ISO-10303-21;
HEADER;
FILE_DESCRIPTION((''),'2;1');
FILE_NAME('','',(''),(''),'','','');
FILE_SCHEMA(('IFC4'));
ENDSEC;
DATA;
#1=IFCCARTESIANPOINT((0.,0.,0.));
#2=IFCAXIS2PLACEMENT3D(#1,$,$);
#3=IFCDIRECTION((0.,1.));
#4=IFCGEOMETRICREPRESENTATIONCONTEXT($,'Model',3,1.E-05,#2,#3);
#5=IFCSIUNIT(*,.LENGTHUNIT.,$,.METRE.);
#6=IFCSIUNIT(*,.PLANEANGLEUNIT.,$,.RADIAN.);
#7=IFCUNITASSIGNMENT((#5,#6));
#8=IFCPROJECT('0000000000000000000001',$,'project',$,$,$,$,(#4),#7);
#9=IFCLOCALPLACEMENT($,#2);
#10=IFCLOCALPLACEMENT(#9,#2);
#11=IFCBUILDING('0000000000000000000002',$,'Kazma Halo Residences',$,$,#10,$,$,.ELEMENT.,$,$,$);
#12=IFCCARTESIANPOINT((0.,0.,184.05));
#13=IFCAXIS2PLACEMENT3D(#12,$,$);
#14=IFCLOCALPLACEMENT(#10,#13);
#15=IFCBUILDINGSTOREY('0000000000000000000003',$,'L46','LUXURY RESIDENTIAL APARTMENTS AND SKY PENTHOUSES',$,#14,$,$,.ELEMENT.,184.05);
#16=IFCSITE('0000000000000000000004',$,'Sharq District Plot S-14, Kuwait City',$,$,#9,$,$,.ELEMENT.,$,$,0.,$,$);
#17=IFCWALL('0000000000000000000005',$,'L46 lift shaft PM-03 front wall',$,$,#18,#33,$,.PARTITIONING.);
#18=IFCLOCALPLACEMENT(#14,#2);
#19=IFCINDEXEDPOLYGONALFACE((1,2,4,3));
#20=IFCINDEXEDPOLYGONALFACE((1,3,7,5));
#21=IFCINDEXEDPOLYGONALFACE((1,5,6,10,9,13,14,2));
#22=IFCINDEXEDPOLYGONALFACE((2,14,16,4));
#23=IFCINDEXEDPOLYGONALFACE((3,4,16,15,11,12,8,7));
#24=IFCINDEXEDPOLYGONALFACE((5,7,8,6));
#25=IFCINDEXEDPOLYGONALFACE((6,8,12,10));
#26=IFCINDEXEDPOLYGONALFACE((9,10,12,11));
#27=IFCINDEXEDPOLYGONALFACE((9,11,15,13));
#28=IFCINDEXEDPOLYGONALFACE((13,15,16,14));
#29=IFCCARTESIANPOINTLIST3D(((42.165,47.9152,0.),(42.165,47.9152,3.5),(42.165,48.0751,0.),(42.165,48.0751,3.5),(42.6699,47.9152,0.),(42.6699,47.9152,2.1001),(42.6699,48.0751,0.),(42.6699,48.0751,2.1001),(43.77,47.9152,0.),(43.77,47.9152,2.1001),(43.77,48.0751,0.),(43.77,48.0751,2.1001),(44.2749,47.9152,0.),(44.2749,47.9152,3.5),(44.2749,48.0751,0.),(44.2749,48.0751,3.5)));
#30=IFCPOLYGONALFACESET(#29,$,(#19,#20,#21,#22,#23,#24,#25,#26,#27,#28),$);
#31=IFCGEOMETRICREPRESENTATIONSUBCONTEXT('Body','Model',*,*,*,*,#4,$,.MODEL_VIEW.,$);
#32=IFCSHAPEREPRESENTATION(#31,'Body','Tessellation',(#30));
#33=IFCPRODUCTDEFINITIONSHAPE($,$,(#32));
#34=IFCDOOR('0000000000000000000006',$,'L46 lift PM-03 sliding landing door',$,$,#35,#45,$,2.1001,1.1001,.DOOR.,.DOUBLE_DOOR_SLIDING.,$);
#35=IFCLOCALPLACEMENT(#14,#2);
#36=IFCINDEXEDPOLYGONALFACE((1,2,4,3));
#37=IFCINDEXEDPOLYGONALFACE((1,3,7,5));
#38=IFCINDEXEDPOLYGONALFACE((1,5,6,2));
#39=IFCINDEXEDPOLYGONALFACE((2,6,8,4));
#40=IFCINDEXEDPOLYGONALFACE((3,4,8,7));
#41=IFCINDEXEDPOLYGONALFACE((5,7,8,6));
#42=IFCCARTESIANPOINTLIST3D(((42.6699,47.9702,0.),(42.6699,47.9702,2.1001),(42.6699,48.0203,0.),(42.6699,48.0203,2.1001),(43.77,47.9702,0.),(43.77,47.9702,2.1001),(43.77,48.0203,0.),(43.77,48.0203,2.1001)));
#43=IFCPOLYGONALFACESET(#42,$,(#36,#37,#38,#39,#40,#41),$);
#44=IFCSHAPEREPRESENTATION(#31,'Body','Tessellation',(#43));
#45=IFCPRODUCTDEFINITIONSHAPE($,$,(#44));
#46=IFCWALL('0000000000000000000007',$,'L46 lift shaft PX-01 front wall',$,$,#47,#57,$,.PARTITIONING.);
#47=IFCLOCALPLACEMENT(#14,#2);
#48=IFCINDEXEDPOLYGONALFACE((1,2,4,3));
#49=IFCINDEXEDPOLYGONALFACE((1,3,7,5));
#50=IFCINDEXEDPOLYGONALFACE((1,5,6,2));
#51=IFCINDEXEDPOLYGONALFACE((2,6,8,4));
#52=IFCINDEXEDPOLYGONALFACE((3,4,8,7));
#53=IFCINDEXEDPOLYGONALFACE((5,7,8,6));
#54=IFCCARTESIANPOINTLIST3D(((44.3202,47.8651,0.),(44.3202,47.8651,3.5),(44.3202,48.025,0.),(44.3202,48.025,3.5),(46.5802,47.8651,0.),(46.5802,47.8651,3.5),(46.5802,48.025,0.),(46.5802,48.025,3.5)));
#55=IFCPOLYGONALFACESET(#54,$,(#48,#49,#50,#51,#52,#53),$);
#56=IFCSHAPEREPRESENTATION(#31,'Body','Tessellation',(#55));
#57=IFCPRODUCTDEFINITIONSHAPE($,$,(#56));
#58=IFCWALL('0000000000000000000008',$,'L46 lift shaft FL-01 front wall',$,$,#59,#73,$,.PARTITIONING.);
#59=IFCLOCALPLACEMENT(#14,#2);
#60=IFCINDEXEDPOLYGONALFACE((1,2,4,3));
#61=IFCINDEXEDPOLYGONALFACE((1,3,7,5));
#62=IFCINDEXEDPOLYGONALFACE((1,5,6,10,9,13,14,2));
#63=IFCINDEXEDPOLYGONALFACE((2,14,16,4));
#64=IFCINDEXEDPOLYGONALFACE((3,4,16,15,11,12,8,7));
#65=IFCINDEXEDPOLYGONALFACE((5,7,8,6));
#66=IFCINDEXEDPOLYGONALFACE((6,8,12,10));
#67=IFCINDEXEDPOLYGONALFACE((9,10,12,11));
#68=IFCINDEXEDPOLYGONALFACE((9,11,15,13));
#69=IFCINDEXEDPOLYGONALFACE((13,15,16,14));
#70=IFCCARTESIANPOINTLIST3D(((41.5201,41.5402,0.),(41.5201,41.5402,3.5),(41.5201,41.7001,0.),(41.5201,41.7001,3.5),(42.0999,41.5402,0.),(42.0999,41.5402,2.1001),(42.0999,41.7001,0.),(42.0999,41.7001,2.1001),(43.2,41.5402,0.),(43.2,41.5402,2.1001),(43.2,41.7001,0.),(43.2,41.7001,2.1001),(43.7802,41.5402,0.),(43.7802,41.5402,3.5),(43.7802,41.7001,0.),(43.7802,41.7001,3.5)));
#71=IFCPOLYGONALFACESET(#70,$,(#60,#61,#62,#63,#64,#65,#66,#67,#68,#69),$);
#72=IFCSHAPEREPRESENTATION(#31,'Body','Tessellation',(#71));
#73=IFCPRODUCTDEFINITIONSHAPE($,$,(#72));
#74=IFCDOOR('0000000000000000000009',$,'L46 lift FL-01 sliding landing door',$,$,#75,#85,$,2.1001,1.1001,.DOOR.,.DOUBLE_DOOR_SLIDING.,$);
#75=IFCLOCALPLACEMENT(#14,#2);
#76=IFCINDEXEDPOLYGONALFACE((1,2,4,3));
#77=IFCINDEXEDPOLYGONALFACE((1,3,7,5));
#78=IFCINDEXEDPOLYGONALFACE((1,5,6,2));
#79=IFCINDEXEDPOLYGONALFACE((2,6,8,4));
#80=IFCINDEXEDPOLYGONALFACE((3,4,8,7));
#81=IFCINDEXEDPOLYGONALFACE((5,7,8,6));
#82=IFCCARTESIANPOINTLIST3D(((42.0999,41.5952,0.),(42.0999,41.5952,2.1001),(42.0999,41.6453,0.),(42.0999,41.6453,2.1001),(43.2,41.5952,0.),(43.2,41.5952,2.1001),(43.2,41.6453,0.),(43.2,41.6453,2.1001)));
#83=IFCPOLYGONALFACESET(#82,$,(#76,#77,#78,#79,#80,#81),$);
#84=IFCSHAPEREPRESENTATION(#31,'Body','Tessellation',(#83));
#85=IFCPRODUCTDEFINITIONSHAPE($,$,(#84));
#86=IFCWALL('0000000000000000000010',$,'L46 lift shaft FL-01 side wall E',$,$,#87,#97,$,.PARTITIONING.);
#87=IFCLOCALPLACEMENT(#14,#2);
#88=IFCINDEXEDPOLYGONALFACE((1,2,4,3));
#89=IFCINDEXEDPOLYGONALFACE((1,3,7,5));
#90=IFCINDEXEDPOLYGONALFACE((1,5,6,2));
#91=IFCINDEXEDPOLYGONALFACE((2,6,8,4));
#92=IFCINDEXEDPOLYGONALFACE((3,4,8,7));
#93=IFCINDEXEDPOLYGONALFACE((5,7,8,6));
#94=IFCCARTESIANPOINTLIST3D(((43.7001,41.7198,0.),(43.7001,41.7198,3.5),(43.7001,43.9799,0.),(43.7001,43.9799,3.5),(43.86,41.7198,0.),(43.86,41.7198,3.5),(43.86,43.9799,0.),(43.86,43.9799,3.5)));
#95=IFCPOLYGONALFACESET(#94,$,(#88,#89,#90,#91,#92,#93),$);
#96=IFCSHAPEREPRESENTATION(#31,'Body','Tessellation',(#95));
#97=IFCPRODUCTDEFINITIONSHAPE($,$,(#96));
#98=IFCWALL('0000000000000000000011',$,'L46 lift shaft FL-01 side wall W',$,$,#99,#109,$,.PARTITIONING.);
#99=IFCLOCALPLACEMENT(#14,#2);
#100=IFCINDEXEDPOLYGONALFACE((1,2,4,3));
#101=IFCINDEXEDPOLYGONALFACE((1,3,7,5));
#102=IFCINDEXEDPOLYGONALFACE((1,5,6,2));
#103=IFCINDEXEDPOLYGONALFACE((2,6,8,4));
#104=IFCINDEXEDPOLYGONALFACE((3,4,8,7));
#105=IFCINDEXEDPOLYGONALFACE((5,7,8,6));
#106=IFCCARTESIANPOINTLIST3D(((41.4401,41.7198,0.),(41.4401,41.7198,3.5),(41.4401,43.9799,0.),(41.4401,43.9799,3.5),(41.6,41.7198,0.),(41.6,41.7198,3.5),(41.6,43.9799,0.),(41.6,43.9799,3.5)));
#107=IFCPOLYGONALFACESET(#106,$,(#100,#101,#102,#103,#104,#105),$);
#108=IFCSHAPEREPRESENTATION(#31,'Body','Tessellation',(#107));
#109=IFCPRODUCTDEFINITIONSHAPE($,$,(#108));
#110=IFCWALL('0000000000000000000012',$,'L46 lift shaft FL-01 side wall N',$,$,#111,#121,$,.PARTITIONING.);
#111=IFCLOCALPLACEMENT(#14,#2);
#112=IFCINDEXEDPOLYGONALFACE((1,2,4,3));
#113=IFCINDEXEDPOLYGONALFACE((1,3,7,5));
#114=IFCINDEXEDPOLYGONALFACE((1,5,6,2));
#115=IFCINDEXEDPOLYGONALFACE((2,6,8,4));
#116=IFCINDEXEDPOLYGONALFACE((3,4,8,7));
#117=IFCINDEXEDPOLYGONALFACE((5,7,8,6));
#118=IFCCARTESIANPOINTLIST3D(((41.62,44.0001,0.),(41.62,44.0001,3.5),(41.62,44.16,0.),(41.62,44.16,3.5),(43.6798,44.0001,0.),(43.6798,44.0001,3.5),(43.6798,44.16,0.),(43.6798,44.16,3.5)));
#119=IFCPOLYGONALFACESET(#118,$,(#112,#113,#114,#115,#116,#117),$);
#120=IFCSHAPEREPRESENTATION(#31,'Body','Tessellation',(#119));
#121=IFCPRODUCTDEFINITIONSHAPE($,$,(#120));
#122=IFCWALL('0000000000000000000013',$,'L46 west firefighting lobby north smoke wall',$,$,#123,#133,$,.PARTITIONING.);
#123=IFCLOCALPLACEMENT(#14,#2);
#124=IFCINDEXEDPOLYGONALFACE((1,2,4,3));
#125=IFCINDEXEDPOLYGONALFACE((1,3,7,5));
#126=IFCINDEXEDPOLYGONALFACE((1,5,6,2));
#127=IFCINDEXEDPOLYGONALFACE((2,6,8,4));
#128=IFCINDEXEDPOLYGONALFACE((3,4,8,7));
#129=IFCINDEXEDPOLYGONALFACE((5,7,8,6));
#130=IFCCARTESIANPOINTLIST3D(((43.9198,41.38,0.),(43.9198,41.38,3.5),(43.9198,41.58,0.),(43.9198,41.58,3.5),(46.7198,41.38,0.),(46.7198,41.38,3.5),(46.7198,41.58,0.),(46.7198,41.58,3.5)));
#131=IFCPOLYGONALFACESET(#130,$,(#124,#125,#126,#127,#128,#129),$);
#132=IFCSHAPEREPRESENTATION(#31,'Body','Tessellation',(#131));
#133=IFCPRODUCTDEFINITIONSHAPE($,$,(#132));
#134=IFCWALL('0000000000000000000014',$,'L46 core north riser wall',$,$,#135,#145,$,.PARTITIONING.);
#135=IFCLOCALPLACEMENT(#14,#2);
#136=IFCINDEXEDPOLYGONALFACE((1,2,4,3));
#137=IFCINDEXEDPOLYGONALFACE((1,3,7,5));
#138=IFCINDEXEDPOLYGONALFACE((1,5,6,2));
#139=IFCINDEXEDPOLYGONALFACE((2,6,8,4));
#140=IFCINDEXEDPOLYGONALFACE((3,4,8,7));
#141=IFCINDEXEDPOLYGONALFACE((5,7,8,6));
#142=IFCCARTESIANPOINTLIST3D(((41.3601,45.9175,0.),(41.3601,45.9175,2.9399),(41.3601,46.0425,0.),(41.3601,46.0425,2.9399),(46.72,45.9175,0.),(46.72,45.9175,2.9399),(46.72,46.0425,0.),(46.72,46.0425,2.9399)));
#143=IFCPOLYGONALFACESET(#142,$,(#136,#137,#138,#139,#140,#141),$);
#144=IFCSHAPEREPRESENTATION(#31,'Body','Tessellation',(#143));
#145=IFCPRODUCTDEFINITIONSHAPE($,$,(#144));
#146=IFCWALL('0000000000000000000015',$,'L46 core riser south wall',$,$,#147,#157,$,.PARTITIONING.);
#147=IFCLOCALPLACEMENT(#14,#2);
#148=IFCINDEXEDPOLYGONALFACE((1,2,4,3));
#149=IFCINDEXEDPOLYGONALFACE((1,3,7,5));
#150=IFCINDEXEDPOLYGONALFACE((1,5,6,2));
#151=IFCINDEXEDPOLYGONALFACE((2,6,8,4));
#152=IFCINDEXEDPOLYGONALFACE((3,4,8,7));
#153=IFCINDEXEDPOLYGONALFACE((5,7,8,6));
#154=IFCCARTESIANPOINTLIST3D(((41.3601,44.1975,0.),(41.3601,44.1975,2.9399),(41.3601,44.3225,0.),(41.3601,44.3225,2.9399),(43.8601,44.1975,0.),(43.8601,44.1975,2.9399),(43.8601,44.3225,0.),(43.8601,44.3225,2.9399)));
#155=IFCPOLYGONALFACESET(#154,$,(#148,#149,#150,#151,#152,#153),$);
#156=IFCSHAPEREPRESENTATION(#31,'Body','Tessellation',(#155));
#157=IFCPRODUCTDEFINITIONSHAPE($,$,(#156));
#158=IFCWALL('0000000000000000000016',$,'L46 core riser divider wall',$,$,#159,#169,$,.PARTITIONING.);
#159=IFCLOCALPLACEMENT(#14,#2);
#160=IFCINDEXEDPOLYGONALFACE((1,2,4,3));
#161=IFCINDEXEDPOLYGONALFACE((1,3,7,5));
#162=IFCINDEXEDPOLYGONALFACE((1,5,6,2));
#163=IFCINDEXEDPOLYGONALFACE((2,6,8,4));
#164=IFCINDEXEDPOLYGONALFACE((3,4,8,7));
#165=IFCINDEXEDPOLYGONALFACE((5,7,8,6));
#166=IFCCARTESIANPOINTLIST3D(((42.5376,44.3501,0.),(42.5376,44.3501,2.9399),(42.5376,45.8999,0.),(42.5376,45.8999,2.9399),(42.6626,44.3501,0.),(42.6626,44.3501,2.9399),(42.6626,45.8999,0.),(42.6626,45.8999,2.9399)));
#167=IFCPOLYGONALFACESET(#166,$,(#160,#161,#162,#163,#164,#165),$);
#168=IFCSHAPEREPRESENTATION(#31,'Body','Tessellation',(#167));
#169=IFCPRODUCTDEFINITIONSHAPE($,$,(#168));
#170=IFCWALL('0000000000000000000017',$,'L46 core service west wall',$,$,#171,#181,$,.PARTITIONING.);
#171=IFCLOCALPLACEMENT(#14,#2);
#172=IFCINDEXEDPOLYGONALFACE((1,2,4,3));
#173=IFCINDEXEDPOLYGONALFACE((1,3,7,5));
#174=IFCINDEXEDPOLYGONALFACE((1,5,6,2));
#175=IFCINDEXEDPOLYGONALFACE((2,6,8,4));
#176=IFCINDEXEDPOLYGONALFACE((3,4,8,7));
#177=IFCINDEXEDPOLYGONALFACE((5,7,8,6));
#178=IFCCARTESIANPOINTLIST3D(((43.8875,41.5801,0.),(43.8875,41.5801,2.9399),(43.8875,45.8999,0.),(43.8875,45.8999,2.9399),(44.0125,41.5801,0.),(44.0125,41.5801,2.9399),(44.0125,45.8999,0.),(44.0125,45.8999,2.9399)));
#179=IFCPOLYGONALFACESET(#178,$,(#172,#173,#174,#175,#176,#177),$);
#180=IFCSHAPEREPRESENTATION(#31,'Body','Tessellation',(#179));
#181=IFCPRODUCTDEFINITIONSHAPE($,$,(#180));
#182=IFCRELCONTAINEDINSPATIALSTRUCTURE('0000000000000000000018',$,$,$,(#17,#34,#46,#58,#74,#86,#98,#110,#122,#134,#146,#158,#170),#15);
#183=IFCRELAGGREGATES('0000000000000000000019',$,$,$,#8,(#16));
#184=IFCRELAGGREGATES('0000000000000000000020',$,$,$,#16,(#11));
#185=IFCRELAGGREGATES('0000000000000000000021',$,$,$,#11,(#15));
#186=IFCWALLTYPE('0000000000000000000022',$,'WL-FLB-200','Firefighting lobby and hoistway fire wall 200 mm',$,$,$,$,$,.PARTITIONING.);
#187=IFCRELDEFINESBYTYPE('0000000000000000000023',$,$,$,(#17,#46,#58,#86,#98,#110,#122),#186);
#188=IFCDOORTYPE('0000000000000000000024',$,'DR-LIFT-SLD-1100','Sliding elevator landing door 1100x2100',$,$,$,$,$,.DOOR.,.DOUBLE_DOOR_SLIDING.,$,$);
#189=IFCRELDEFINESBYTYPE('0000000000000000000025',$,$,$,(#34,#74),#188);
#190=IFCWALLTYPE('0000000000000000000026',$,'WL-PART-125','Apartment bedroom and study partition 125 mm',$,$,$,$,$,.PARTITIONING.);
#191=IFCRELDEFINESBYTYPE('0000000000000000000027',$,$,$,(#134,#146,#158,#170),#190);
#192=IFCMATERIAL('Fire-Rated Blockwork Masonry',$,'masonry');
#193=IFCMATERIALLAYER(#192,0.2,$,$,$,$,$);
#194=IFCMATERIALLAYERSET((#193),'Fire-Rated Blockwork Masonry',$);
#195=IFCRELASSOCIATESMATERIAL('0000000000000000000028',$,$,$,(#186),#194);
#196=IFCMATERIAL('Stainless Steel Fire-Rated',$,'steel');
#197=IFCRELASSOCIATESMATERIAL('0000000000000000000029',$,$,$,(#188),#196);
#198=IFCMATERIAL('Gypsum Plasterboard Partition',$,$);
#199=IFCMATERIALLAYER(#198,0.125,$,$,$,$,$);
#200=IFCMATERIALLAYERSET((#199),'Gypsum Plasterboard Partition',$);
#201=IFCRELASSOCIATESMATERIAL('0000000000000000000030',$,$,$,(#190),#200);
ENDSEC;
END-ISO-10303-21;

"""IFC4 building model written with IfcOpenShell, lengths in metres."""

from ifc_helpers import new_model, si_unit, direction, frame, frame_2d, origin, place, context, subcontext, project, spatial, rectangle, extrude, material, layer, layer_set, type_object, element, fill, save


model = new_model("IFC4")

# Units and contexts
model_context = context("Model", 3, precision=1e-05, world=origin(), true_north=direction((0.0, 1.0)))
body_context = subcontext(model_context, "Body", "Model", "MODEL_VIEW")
ifc_project = project(units=[si_unit("LENGTHUNIT", "METRE"), si_unit("PLANEANGLEUNIT", "RADIAN")], contexts=[model_context])

# Site, building, storey
site_placement = place(None, origin())
site = spatial("IfcSite", under=ifc_project, at=site_placement, Name="Sharq District Plot S-14, Kuwait City", CompositionType="ELEMENT", RefElevation=0.0)
building_placement = place(site_placement, origin())
building = spatial("IfcBuilding", under=site, at=building_placement, Name="Kazma Halo Residences", CompositionType="ELEMENT")
storey_placement = place(building_placement, frame((0.0, 0.0, 184.05)))
storey = spatial("IfcBuildingStorey", under=building, at=storey_placement, Name="L46", Description="LUXURY RESIDENTIAL APARTMENTS AND SKY PENTHOUSES", CompositionType="ELEMENT", Elevation=184.05)

# Wall, opening, door
ifc_material_1 = material(Name="Fire-Rated Blockwork Masonry", Category="masonry")
ifc_layer_1 = layer(ifc_material_1, 0.2)
ifc_layer_set_1 = layer_set([ifc_layer_1], Name="Fire-Rated Blockwork Masonry")
wall_type_1 = type_object("IfcWallType", Name="WL-FLB-200", Description="Firefighting lobby and hoistway fire wall 200 mm", PredefinedType="PARTITIONING", material=ifc_layer_set_1)
ifc_material_2 = material(Name="Stainless Steel Fire-Rated", Category="steel")
door_type = type_object("IfcDoorType", Name="DR-LIFT-SLD-1100", Description="Sliding elevator landing door 1100x2100", OperationType="DOUBLE_DOOR_SLIDING", PredefinedType="DOOR", material=ifc_material_2)
wall_1_placement = place(storey_placement, frame((44.2749, 47.9951, 0.0), z_axis=(0.0, 0.0, 1.0), x_axis=(-1.0, 0.0, 0.0)))
wall_1 = element("IfcWall", 1, at=wall_1_placement, inside=storey, type_object=wall_type_1, Name="L46 lift shaft PM-03 front wall", PredefinedType="PARTITIONING", context=body_context, shape_type="SweptSolid", body=[
    extrude(rectangle(XDim=2.1099, YDim=0.1599, at=frame_2d((1.0549, 0.0))), origin(), (0.0, 0.0, 1.0), 3.5),
])
opening_1_placement = place(wall_1_placement, frame((0.5049, 0.0, 0.0)))
opening_1 = element("IfcOpeningElement", 2, at=opening_1_placement, cuts=wall_1, PredefinedType="OPENING", context=body_context, shape_type="SweptSolid", body=[
    extrude(rectangle(XDim=1.1001, YDim=2.1001, at=frame_2d((0.55, 1.05))), frame((0.0, 0.0898, 0.0), z_axis=(0.0, -1.0, 0.0), x_axis=(1.0, 0.0, 0.0)), (0.0, 0.0, 1.0), 0.1799),
])
door_1_placement = place(opening_1_placement, origin())
door_1 = element("IfcDoor", 3, at=door_1_placement, inside=storey, type_object=door_type, Name="L46 lift PM-03 sliding landing door", OperationType="DOUBLE_DOOR_SLIDING", OverallHeight=2.1001, OverallWidth=1.1001, PredefinedType="DOOR", context=body_context, shape_type="SweptSolid", body=[
    extrude(rectangle(XDim=1.1001, YDim=2.1001, at=frame_2d((0.55, 1.05))), frame((0.0, 0.0249, 0.0), z_axis=(0.0, -1.0, 0.0), x_axis=(1.0, 0.0, 0.0)), (0.0, 0.0, 1.0), 0.05),
])
fill(opening_1, door_1)

# Wall
wall_2_placement = place(storey_placement, frame((46.5801, 47.9451, 0.0), z_axis=(0.0, 0.0, 1.0), x_axis=(-1.0, 0.0, 0.0)))
element("IfcWall", 4, at=wall_2_placement, inside=storey, type_object=wall_type_1, Name="L46 lift shaft PX-01 front wall", PredefinedType="PARTITIONING", context=body_context, shape_type="SweptSolid", body=[
    extrude(rectangle(XDim=2.26, YDim=0.1599, at=frame_2d((1.1299, 0.0))), origin(), (0.0, 0.0, 1.0), 3.5),
])

# Wall, opening, door
wall_3_placement = place(storey_placement, frame((43.78, 41.6201, 0.0), z_axis=(0.0, 0.0, 1.0), x_axis=(-1.0, 0.0, 0.0)))
wall_3 = element("IfcWall", 5, at=wall_3_placement, inside=storey, type_object=wall_type_1, Name="L46 lift shaft FL-01 front wall", PredefinedType="PARTITIONING", context=body_context, shape_type="SweptSolid", body=[
    extrude(rectangle(XDim=2.26, YDim=0.1599, at=frame_2d((1.1299, 0.0))), origin(), (0.0, 0.0, 1.0), 3.5),
])
opening_2_placement = place(wall_3_placement, frame((0.5801, 0.0, 0.0)))
opening_2 = element("IfcOpeningElement", 6, at=opening_2_placement, cuts=wall_3, PredefinedType="OPENING", context=body_context, shape_type="SweptSolid", body=[
    extrude(rectangle(XDim=1.1001, YDim=2.1001, at=frame_2d((0.55, 1.05))), frame((0.0, 0.0898, 0.0), z_axis=(0.0, -1.0, 0.0), x_axis=(1.0, 0.0, 0.0)), (0.0, 0.0, 1.0), 0.1799),
])
door_2_placement = place(opening_2_placement, origin())
door_2 = element("IfcDoor", 7, at=door_2_placement, inside=storey, type_object=door_type, Name="L46 lift FL-01 sliding landing door", OperationType="DOUBLE_DOOR_SLIDING", OverallHeight=2.1001, OverallWidth=1.1001, PredefinedType="DOOR", context=body_context, shape_type="SweptSolid", body=[
    extrude(rectangle(XDim=1.1001, YDim=2.1001, at=frame_2d((0.55, 1.05))), frame((0.0, 0.0249, 0.0), z_axis=(0.0, -1.0, 0.0), x_axis=(1.0, 0.0, 0.0)), (0.0, 0.0, 1.0), 0.05),
])
fill(opening_2, door_2)

# Walls
for number, where, z_axis, x_axis, name in (
    (8, (43.78, 41.72, 0.0), (0.0, 0.0, 1.0), (0.0, 1.0, 0.0), "L46 lift shaft FL-01 side wall E"),
    (9, (41.52, 41.72, 0.0), (0.0, 0.0, 1.0), (0.0, 1.0, 0.0), "L46 lift shaft FL-01 side wall W"),
):
    element("IfcWall", number, at=place(storey_placement, frame(where, z_axis=z_axis, x_axis=x_axis)), inside=storey, type_object=wall_type_1, Name=name, PredefinedType="PARTITIONING", context=body_context, shape_type="SweptSolid", body=[
        extrude(rectangle(XDim=2.26, YDim=0.1599, at=frame_2d((1.1299, 0.0))), origin(), (0.0, 0.0, 1.0), 3.5),
    ])
wall_4_placement = place(storey_placement, frame((41.6201, 44.0801, 0.0), z_axis=(0.0, 0.0, 1.0), x_axis=(1.0, 0.0, 0.0)))
element("IfcWall", 10, at=wall_4_placement, inside=storey, type_object=wall_type_1, Name="L46 lift shaft FL-01 side wall N", PredefinedType="PARTITIONING", context=body_context, shape_type="SweptSolid", body=[
    extrude(rectangle(XDim=2.0598, YDim=0.1599, at=frame_2d((1.0298, 0.0))), origin(), (0.0, 0.0, 1.0), 3.5),
])
wall_5_placement = place(storey_placement, frame((43.9199, 41.48, 0.0), z_axis=(0.0, 0.0, 1.0), x_axis=(1.0, 0.0, 0.0)))
element("IfcWall", 11, at=wall_5_placement, inside=storey, type_object=wall_type_1, Name="L46 west firefighting lobby north smoke wall", PredefinedType="PARTITIONING", context=body_context, shape_type="SweptSolid", body=[
    extrude(rectangle(XDim=2.8, YDim=0.2, at=frame_2d((1.3999, 0.0))), origin(), (0.0, 0.0, 1.0), 3.5),
])
ifc_material_3 = material(Name="Gypsum Plasterboard Partition")
ifc_layer_2 = layer(ifc_material_3, 0.125)
ifc_layer_set_2 = layer_set([ifc_layer_2], Name="Gypsum Plasterboard Partition")
wall_type_2 = type_object("IfcWallType", Name="WL-PART-125", Description="Apartment bedroom and study partition 125 mm", PredefinedType="PARTITIONING", material=ifc_layer_set_2)
wall_6_placement = place(storey_placement, frame((41.3601, 45.98, 0.0), z_axis=(0.0, 0.0, 1.0), x_axis=(1.0, 0.0, 0.0)))
element("IfcWall", 12, at=wall_6_placement, inside=storey, type_object=wall_type_2, Name="L46 core north riser wall", PredefinedType="PARTITIONING", context=body_context, shape_type="SweptSolid", body=[
    extrude(rectangle(XDim=5.3599, YDim=0.125, at=frame_2d((2.6799, 0.0))), origin(), (0.0, 0.0, 1.0), 2.9399),
])
wall_7_placement = place(storey_placement, frame((41.3601, 44.26, 0.0), z_axis=(0.0, 0.0, 1.0), x_axis=(1.0, 0.0, 0.0)))
element("IfcWall", 13, at=wall_7_placement, inside=storey, type_object=wall_type_2, Name="L46 core riser south wall", PredefinedType="PARTITIONING", context=body_context, shape_type="SweptSolid", body=[
    extrude(rectangle(XDim=2.5, YDim=0.125, at=frame_2d((1.25, 0.0))), origin(), (0.0, 0.0, 1.0), 2.9399),
])
wall_8_placement = place(storey_placement, frame((42.6001, 44.3501, 0.0), z_axis=(0.0, 0.0, 1.0), x_axis=(0.0, 1.0, 0.0)))
element("IfcWall", 14, at=wall_8_placement, inside=storey, type_object=wall_type_2, Name="L46 core riser divider wall", PredefinedType="PARTITIONING", context=body_context, shape_type="SweptSolid", body=[
    extrude(rectangle(XDim=1.5498, YDim=0.125, at=frame_2d((0.7749, 0.0))), origin(), (0.0, 0.0, 1.0), 2.9399),
])
wall_9_placement = place(storey_placement, frame((43.95, 41.5801, 0.0), z_axis=(0.0, 0.0, 1.0), x_axis=(0.0, 1.0, 0.0)))
element("IfcWall", 15, at=wall_9_placement, inside=storey, type_object=wall_type_2, Name="L46 core service west wall", PredefinedType="PARTITIONING", context=body_context, shape_type="SweptSolid", body=[
    extrude(rectangle(XDim=4.3198, YDim=0.125, at=frame_2d((2.1599, 0.0))), origin(), (0.0, 0.0, 1.0), 2.9399),
])

save(model, "model.ifc")
